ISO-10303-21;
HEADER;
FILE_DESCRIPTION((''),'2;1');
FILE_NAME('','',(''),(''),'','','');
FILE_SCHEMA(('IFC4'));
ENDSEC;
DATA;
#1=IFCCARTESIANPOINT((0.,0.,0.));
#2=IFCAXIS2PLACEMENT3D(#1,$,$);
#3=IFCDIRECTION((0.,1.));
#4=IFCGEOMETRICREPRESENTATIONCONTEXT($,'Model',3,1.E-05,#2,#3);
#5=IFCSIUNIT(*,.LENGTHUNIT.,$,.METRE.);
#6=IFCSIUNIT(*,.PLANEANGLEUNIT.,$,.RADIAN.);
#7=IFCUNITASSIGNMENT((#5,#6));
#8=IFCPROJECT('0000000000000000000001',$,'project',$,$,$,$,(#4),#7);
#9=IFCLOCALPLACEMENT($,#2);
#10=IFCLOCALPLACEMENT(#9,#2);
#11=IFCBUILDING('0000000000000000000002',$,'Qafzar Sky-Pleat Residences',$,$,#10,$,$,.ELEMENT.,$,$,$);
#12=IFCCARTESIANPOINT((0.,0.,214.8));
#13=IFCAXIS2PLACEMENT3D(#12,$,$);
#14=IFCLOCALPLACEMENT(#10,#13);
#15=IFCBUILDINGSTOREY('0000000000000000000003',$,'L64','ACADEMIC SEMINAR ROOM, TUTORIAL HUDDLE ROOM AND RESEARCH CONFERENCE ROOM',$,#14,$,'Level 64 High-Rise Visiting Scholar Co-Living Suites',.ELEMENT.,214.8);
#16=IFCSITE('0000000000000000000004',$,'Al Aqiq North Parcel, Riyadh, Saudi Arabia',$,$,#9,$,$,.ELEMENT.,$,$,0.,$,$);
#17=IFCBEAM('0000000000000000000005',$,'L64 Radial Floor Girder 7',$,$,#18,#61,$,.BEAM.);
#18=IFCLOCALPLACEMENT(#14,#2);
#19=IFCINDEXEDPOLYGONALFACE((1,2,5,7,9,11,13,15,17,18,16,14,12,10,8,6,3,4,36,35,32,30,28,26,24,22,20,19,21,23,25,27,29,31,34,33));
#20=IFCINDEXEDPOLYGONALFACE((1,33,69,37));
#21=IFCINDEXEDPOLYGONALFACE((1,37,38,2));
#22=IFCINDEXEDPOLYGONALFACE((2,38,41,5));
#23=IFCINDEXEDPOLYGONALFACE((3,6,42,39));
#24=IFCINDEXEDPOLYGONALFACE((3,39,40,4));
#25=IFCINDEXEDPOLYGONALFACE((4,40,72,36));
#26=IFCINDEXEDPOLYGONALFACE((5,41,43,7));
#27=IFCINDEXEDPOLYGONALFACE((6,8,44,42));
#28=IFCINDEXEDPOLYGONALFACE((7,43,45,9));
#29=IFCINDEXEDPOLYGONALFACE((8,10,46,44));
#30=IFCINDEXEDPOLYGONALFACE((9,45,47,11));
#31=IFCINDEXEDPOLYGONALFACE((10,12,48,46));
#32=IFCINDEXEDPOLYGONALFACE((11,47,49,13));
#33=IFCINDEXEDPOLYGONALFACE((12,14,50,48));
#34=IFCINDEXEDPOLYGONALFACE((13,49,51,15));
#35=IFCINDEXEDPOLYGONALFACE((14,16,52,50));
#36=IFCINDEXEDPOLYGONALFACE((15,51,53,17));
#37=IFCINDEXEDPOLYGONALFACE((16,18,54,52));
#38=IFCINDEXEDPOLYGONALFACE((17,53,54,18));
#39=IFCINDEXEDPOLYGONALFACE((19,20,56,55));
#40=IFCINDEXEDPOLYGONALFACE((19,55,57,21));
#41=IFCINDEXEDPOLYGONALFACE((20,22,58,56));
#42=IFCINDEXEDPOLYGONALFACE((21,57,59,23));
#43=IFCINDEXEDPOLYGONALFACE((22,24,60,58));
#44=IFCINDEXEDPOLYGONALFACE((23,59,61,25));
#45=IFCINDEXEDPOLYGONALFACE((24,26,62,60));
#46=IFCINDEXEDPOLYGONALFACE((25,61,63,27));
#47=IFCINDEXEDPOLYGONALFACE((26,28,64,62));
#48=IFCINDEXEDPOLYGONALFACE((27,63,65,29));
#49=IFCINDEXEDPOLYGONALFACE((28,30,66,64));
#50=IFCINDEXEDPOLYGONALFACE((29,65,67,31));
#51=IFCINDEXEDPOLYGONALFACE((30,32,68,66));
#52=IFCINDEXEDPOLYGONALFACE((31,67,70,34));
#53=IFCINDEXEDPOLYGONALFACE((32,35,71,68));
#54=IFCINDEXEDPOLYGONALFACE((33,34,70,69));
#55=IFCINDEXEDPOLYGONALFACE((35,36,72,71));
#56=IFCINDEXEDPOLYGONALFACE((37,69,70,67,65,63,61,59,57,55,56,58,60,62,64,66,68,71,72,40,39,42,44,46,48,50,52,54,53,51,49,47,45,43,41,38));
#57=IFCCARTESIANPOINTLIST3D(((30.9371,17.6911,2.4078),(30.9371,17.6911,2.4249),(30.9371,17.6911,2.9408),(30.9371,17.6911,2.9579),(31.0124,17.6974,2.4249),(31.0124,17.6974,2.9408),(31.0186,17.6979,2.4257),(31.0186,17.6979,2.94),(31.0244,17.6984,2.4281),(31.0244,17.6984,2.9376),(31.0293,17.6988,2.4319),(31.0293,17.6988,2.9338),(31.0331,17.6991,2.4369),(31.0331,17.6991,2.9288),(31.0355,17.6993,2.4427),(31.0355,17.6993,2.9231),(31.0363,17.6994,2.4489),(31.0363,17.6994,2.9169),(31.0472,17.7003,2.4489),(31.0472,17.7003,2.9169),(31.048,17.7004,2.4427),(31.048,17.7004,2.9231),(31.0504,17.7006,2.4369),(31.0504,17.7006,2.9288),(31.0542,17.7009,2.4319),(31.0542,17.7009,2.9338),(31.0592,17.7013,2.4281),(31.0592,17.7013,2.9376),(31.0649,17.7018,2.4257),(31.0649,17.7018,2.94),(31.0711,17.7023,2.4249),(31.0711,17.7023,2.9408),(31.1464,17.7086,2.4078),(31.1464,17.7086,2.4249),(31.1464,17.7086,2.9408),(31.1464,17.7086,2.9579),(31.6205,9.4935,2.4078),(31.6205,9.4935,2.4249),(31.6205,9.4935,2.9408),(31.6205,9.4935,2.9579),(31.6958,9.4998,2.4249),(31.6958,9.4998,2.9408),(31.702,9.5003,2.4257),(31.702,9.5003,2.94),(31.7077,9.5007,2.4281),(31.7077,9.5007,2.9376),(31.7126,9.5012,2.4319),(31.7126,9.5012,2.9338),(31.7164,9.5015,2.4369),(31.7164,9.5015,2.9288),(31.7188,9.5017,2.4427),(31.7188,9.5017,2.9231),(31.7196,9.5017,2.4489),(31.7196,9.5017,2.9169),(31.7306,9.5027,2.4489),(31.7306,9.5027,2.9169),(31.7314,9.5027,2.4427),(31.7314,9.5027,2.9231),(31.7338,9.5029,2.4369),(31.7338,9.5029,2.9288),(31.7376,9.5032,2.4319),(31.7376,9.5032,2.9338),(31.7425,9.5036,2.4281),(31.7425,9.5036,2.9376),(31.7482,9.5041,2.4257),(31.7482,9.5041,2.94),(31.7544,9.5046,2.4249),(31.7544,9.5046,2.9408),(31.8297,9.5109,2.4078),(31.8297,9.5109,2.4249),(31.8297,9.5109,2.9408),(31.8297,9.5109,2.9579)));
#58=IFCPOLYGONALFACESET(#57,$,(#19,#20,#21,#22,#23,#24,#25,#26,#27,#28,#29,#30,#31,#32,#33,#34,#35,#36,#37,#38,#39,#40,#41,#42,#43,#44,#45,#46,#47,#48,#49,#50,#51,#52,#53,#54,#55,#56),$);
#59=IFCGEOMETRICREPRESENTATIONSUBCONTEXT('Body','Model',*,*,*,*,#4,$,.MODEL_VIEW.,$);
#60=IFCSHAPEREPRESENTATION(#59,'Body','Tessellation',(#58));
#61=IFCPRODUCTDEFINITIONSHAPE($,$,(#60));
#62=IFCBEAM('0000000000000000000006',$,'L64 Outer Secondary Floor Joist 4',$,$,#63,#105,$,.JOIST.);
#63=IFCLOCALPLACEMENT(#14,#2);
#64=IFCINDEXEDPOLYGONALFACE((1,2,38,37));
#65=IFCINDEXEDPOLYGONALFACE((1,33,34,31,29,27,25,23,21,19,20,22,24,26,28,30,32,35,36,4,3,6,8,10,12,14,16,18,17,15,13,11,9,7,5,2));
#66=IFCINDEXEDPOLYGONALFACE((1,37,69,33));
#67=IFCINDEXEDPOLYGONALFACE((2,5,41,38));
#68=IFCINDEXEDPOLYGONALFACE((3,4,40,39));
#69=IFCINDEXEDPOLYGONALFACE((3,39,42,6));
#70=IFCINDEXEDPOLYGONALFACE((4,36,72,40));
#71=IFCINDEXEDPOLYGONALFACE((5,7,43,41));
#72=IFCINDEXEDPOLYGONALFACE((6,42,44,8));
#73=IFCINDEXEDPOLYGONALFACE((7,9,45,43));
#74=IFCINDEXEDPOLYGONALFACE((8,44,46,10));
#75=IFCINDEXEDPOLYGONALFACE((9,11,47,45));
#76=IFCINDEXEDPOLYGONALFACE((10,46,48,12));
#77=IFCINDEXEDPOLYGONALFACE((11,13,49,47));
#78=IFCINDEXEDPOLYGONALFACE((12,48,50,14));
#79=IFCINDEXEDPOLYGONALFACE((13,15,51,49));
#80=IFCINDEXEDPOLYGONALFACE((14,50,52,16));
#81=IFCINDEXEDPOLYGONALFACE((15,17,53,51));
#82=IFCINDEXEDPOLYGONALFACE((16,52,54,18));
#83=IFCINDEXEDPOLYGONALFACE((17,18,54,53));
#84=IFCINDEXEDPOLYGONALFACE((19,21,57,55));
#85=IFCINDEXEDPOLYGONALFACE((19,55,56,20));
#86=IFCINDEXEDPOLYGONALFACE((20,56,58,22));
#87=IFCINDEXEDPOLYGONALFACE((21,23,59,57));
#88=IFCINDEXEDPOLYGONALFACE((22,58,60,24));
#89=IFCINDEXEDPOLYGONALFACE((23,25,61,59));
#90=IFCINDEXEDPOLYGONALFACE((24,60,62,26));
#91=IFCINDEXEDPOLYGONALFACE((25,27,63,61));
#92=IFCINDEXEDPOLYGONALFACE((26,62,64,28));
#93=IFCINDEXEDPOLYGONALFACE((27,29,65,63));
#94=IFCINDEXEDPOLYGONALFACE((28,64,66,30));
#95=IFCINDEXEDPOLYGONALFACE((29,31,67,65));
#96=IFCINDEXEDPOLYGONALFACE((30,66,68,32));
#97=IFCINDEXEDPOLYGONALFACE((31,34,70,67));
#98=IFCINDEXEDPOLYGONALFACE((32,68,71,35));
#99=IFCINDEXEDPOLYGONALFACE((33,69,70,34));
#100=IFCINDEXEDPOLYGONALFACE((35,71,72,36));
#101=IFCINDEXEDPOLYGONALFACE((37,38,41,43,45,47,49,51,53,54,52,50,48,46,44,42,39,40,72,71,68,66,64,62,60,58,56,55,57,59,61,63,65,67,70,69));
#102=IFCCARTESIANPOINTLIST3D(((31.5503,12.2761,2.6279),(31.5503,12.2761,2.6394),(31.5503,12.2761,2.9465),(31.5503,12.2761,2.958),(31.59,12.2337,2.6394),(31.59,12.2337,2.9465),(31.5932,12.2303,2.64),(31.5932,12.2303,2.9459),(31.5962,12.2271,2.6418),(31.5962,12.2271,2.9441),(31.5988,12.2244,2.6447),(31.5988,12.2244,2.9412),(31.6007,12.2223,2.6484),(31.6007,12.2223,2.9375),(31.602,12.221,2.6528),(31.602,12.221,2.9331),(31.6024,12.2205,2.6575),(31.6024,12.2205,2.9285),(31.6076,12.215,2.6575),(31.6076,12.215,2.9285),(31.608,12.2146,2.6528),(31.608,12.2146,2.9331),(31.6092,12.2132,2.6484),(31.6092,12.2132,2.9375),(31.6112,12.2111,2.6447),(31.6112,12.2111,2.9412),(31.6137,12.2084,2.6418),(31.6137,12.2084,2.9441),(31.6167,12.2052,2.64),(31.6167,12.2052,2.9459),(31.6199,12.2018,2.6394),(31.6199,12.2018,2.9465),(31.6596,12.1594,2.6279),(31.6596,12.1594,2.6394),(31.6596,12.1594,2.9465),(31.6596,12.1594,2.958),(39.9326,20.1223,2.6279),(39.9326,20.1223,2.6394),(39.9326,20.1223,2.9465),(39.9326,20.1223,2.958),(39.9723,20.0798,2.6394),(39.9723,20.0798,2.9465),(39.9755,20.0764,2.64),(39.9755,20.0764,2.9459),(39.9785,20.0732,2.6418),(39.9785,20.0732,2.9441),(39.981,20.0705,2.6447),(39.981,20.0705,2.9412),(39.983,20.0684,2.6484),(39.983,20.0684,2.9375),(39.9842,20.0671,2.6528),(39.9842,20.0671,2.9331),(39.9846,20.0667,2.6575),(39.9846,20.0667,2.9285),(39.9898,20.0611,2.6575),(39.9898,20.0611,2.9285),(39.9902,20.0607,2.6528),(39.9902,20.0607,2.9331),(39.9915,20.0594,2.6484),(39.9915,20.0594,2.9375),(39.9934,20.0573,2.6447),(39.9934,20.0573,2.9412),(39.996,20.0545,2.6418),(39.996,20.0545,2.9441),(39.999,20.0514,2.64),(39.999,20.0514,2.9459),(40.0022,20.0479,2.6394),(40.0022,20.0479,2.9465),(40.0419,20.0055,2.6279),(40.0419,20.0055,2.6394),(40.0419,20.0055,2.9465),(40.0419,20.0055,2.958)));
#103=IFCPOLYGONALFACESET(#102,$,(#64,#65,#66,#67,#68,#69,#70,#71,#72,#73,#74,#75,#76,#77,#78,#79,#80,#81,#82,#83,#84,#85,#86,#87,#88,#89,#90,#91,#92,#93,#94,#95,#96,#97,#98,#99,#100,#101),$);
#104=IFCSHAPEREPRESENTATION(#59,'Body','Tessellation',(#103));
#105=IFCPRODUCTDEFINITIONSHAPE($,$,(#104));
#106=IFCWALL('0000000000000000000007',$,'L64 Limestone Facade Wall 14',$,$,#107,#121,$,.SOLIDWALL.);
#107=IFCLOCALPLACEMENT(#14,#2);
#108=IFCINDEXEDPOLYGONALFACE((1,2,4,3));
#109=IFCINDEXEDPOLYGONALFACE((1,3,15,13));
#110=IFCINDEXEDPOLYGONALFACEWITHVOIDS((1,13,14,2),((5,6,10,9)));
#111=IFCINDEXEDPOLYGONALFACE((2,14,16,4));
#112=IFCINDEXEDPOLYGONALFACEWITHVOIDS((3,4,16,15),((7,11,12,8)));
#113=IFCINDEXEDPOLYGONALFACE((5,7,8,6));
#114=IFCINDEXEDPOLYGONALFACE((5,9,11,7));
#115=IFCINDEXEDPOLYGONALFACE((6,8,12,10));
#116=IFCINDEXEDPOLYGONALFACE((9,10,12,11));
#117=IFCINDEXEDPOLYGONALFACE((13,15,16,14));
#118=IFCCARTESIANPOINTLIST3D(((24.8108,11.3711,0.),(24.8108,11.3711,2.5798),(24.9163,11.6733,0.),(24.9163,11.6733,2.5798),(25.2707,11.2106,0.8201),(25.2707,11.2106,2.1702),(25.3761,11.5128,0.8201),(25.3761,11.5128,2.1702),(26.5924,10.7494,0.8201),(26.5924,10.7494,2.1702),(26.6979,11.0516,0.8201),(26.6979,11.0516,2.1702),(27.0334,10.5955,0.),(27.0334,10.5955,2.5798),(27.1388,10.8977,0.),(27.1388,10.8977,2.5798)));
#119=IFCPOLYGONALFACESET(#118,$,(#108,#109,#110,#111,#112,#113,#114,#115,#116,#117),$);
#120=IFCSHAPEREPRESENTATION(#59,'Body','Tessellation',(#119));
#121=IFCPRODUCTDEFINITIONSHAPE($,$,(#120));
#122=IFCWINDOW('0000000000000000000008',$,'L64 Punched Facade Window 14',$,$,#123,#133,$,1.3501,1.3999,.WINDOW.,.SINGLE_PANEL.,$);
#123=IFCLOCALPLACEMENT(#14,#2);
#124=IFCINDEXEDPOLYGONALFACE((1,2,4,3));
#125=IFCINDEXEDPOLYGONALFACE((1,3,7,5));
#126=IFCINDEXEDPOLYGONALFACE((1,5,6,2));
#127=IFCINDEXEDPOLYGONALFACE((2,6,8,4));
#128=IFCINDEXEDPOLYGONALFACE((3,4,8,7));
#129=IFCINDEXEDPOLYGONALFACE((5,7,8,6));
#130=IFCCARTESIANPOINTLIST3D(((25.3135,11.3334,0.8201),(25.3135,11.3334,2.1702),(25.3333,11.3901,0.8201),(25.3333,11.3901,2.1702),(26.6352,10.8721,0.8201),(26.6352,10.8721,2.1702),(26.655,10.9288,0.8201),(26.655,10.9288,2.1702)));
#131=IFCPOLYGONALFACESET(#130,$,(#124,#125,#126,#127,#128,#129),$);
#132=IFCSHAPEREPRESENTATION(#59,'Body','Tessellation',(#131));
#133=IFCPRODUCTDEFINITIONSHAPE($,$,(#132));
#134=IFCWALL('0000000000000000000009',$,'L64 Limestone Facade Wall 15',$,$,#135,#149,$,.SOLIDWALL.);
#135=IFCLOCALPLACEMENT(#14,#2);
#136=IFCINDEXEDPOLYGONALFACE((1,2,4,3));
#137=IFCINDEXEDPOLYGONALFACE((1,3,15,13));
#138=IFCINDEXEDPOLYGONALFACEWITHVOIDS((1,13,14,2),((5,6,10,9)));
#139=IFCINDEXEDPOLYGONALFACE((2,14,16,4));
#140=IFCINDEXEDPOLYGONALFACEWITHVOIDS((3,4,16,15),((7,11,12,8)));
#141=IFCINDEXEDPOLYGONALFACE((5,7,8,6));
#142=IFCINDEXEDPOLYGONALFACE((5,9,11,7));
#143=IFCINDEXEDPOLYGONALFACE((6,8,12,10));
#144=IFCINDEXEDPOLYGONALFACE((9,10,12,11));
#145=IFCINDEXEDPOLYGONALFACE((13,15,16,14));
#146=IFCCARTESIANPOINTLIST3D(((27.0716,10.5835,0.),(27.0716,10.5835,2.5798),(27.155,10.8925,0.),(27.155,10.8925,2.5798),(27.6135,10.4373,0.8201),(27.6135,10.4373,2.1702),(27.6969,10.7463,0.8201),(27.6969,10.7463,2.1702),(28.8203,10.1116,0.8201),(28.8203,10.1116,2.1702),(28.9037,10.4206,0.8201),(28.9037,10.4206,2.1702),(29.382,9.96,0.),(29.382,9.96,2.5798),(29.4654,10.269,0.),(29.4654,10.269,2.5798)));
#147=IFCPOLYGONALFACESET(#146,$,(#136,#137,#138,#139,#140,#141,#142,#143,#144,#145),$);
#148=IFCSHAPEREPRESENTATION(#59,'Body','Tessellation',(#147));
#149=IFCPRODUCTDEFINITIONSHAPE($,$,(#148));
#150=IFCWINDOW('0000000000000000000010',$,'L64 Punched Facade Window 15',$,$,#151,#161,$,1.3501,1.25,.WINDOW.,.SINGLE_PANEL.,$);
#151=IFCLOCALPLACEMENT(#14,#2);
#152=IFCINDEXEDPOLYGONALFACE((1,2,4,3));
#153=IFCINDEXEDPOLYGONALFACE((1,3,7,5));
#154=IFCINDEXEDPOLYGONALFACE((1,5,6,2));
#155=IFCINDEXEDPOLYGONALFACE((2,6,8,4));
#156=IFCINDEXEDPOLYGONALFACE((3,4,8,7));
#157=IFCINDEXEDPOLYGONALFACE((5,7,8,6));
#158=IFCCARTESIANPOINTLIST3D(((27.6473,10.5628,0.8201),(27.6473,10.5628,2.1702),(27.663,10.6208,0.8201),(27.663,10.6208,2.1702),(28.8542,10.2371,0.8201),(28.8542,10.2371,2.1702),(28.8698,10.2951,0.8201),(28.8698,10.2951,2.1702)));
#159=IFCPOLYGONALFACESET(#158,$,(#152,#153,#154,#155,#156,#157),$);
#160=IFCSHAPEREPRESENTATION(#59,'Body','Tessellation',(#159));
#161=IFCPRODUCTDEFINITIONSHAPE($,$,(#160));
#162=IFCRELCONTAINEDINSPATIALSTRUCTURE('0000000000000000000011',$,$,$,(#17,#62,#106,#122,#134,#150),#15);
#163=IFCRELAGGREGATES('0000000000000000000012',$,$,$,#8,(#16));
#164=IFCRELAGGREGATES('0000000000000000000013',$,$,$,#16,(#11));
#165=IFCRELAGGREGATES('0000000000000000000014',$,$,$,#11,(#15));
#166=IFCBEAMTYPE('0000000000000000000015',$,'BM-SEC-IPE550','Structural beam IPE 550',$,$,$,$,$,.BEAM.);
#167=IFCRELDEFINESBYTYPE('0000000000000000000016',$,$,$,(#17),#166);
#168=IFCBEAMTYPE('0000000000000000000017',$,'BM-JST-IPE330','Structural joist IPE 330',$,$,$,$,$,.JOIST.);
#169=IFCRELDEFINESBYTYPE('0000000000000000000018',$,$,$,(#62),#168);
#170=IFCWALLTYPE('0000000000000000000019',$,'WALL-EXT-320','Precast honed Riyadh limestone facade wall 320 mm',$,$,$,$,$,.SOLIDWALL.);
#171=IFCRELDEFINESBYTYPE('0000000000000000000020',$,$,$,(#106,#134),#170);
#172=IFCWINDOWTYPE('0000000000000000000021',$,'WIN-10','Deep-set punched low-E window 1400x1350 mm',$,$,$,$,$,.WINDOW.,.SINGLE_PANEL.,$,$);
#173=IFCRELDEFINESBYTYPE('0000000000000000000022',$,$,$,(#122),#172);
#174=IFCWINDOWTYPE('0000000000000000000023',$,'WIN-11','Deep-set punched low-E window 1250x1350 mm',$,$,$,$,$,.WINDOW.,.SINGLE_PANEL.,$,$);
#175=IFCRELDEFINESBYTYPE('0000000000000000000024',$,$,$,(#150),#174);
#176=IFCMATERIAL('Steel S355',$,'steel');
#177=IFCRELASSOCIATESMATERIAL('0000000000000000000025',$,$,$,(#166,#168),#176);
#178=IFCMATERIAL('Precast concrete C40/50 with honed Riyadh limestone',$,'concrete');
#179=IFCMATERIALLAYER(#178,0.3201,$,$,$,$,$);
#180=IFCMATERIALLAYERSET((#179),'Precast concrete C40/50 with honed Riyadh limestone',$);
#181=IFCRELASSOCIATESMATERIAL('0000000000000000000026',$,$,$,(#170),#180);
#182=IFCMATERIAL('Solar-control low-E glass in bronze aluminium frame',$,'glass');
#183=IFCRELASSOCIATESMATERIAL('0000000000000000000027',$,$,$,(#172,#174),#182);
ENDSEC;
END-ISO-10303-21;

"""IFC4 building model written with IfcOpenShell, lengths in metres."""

from ifc_helpers import new_model, si_unit, direction, frame, frame_2d, origin, origin_2d, place, context, subcontext, project, spatial, rectangle, i_section, extrude, source, transform, mapped, material, layer, layer_set, material_profile, profile_set, type_object, element, fill, save


model = new_model("IFC4")

# Units and contexts
model_context = context("Model", 3, precision=1e-05, world=origin(), true_north=direction((0.0, 1.0)))
body_context = subcontext(model_context, "Body", "Model", "MODEL_VIEW")
ifc_project = project(units=[si_unit("LENGTHUNIT", "METRE"), si_unit("PLANEANGLEUNIT", "RADIAN")], contexts=[model_context])

# Site, building, storey
site_placement = place(None, origin())
site = spatial("IfcSite", under=ifc_project, at=site_placement, Name="Al Aqiq North Parcel, Riyadh, Saudi Arabia", CompositionType="ELEMENT", RefElevation=0.0)
building_placement = place(site_placement, origin())
building = spatial("IfcBuilding", under=site, at=building_placement, Name="Qafzar Sky-Pleat Residences", CompositionType="ELEMENT")
storey_placement = place(building_placement, frame((0.0, 0.0, 214.8)))
storey = spatial("IfcBuildingStorey", under=building, at=storey_placement, Name="L64", Description="ACADEMIC SEMINAR ROOM, TUTORIAL HUDDLE ROOM AND RESEARCH CONFERENCE ROOM", LongName="Level 64 High-Rise Visiting Scholar Co-Living Suites", CompositionType="ELEMENT", Elevation=214.8)

# Shared definitions
ifc_material_1 = material(Name="Steel S355", Category="steel")

# Beams
ifc_material_profile_1 = material_profile(ifc_material_1, i_section(OverallWidth=0.21, OverallDepth=0.55, WebThickness=0.011, FlangeThickness=0.0171, FilletRadius=0.0239, at=origin_2d()), Name="IPE 550")
ifc_profile_set_1 = profile_set([ifc_material_profile_1], Name="Steel S355")
beam_type_1 = type_object("IfcBeamType", Name="BM-SEC-IPE550", Description="Structural beam IPE 550", PredefinedType="BEAM", material=ifc_profile_set_1)
shared_shape_1 = source(origin(), body_context, "Body", "SweptSolid", [
    extrude(i_section(OverallWidth=0.21, OverallDepth=0.55, WebThickness=0.011, FlangeThickness=0.0171, FilletRadius=0.0239, at=origin_2d()), origin(), (0.0, 0.0, 1.0), 8.2261),
])
beam_1_placement = place(storey_placement, frame((31.7251, 9.5022, 2.6829), z_axis=(-0.08307, 0.996544, 0.0), x_axis=(-0.996544, -0.08307, 0.0)))
element("IfcBeam", 1, at=beam_1_placement, inside=storey, type_object=beam_type_1, Name="L64 Radial Floor Girder 7", PredefinedType="BEAM", context=body_context, shape_type="MappedRepresentation", body=[
    mapped(shared_shape_1, transform((0.0, 0.0, 0.0), x_axis=(1.0, 0.0, 0.0), y_axis=(0.0, 1.0, 0.0), z_axis=(0.0, 0.0, 1.0), scale=1.0)),
])
ifc_material_profile_2 = material_profile(ifc_material_1, i_section(OverallWidth=0.1599, OverallDepth=0.3301, WebThickness=0.0076, FlangeThickness=0.0115, FilletRadius=0.0181, at=origin_2d()), Name="IPE 330")
ifc_profile_set_2 = profile_set([ifc_material_profile_2], Name="Steel S355")
beam_type_2 = type_object("IfcBeamType", Name="BM-JST-IPE330", Description="Structural joist IPE 330", PredefinedType="JOIST", material=ifc_profile_set_2)
shared_shape_2 = source(origin(), body_context, "Body", "SweptSolid", [
    extrude(i_section(OverallWidth=0.1599, OverallDepth=0.3301, WebThickness=0.0076, FlangeThickness=0.0115, FilletRadius=0.0181, at=origin_2d()), origin(), (0.0, 0.0, 1.0), 11.4814),
])
beam_2_placement = place(storey_placement, frame((31.605, 12.2178, 2.793), z_axis=(0.730069, 0.683374, 0.0), x_axis=(-0.683374, 0.730069, 0.0)))
element("IfcBeam", 2, at=beam_2_placement, inside=storey, type_object=beam_type_2, Name="L64 Outer Secondary Floor Joist 4", PredefinedType="JOIST", context=body_context, shape_type="MappedRepresentation", body=[
    mapped(shared_shape_2, transform((0.0, 0.0, 0.0), x_axis=(1.0, 0.0, 0.0), y_axis=(0.0, 1.0, 0.0), z_axis=(0.0, 0.0, 1.0), scale=1.0)),
])

# Walls, openings, windows
ifc_material_2 = material(Name="Precast concrete C40/50 with honed Riyadh limestone", Category="concrete")
ifc_layer_1 = layer(ifc_material_2, 0.3201)
ifc_layer_set_1 = layer_set([ifc_layer_1], Name="Precast concrete C40/50 with honed Riyadh limestone")
wall_type_1 = type_object("IfcWallType", Name="WALL-EXT-320", Description="Precast honed Riyadh limestone facade wall 320 mm", PredefinedType="SOLIDWALL", material=ifc_layer_set_1)
wall_1_placement = place(storey_placement, frame((24.8635, 11.5222, 0.0), z_axis=(0.0, 0.0, 1.0), x_axis=(0.944162, -0.329482, 0.0)))
wall_1 = element("IfcWall", 3, at=wall_1_placement, inside=storey, type_object=wall_type_1, Name="L64 Limestone Facade Wall 14", PredefinedType="SOLIDWALL", context=body_context, shape_type="SweptSolid", body=[
    extrude(rectangle(XDim=2.354, YDim=0.3201, at=frame_2d((1.177, 0.0))), origin(), (0.0, 0.0, 1.0), 2.5798),
])
opening_1_placement = place(wall_1_placement, frame((0.4871, 0.0, 0.8201)))
opening_1 = element("IfcOpeningElement", 4, at=opening_1_placement, cuts=wall_1, PredefinedType="OPENING", context=body_context, shape_type="SweptSolid", body=[
    extrude(rectangle(XDim=1.3999, YDim=1.3501, at=frame_2d((0.7, 0.675))), frame((0.0, 0.1699, 0.0), z_axis=(0.0, -1.0, 0.0), x_axis=(1.0, 0.0, 0.0)), (0.0, 0.0, 1.0), 0.3401),
])
ifc_material_3 = material(Name="Solar-control low-E glass in bronze aluminium frame", Category="glass")
window_type_1 = type_object("IfcWindowType", Name="WIN-10", Description="Deep-set punched low-E window 1400x1350 mm", PartitioningType="SINGLE_PANEL", PredefinedType="WINDOW", material=ifc_material_3)
shared_shape_3 = source(origin(), body_context, "Body", "SweptSolid", [
    extrude(rectangle(XDim=1.3999, YDim=1.3501, at=frame_2d((0.7, 0.675))), frame((0.0, 0.03, 0.0), z_axis=(0.0, -1.0, 0.0), x_axis=(1.0, 0.0, 0.0)), (0.0, 0.0, 1.0), 0.0601),
])
window_1_placement = place(opening_1_placement, origin())
window_1 = element("IfcWindow", 5, at=window_1_placement, inside=storey, type_object=window_type_1, Name="L64 Punched Facade Window 14", OverallHeight=1.3501, OverallWidth=1.3999, PartitioningType="SINGLE_PANEL", PredefinedType="WINDOW", context=body_context, shape_type="MappedRepresentation", body=[
    mapped(shared_shape_3, transform((0.0, 0.0, 0.0), x_axis=(1.0, 0.0, 0.0), y_axis=(0.0, 1.0, 0.0), z_axis=(0.0, 0.0, 1.0), scale=1.0)),
])
fill(opening_1, window_1)
wall_2_placement = place(storey_placement, frame((27.1133, 10.738, 0.0), z_axis=(0.0, 0.0, 1.0), x_axis=(0.965455, -0.26057, 0.0)))
wall_2 = element("IfcWall", 6, at=wall_2_placement, inside=storey, type_object=wall_type_1, Name="L64 Limestone Facade Wall 15", PredefinedType="SOLIDWALL", context=body_context, shape_type="SweptSolid", body=[
    extrude(rectangle(XDim=2.3931, YDim=0.3201, at=frame_2d((1.1965, 0.0))), origin(), (0.0, 0.0, 1.0), 2.5798),
])
opening_2_placement = place(wall_2_placement, frame((0.5613, 0.0, 0.8201)))
opening_2 = element("IfcOpeningElement", 7, at=opening_2_placement, cuts=wall_2, PredefinedType="OPENING", context=body_context, shape_type="SweptSolid", body=[
    extrude(rectangle(XDim=1.25, YDim=1.3501, at=frame_2d((0.625, 0.675))), frame((0.0, 0.1699, 0.0), z_axis=(0.0, -1.0, 0.0), x_axis=(1.0, 0.0, 0.0)), (0.0, 0.0, 1.0), 0.3401),
])
window_type_2 = type_object("IfcWindowType", Name="WIN-11", Description="Deep-set punched low-E window 1250x1350 mm", PartitioningType="SINGLE_PANEL", PredefinedType="WINDOW", material=ifc_material_3)
shared_shape_4 = source(origin(), body_context, "Body", "SweptSolid", [
    extrude(rectangle(XDim=1.25, YDim=1.3501, at=frame_2d((0.625, 0.675))), frame((0.0, 0.03, 0.0), z_axis=(0.0, -1.0, 0.0), x_axis=(1.0, 0.0, 0.0)), (0.0, 0.0, 1.0), 0.0601),
])
window_2_placement = place(opening_2_placement, origin())
window_2 = element("IfcWindow", 8, at=window_2_placement, inside=storey, type_object=window_type_2, Name="L64 Punched Facade Window 15", OverallHeight=1.3501, OverallWidth=1.25, PartitioningType="SINGLE_PANEL", PredefinedType="WINDOW", context=body_context, shape_type="MappedRepresentation", body=[
    mapped(shared_shape_4, transform((0.0, 0.0, 0.0), x_axis=(1.0, 0.0, 0.0), y_axis=(0.0, 1.0, 0.0), z_axis=(0.0, 0.0, 1.0), scale=1.0)),
])
fill(opening_2, window_2)

save(model, "model.ifc")
